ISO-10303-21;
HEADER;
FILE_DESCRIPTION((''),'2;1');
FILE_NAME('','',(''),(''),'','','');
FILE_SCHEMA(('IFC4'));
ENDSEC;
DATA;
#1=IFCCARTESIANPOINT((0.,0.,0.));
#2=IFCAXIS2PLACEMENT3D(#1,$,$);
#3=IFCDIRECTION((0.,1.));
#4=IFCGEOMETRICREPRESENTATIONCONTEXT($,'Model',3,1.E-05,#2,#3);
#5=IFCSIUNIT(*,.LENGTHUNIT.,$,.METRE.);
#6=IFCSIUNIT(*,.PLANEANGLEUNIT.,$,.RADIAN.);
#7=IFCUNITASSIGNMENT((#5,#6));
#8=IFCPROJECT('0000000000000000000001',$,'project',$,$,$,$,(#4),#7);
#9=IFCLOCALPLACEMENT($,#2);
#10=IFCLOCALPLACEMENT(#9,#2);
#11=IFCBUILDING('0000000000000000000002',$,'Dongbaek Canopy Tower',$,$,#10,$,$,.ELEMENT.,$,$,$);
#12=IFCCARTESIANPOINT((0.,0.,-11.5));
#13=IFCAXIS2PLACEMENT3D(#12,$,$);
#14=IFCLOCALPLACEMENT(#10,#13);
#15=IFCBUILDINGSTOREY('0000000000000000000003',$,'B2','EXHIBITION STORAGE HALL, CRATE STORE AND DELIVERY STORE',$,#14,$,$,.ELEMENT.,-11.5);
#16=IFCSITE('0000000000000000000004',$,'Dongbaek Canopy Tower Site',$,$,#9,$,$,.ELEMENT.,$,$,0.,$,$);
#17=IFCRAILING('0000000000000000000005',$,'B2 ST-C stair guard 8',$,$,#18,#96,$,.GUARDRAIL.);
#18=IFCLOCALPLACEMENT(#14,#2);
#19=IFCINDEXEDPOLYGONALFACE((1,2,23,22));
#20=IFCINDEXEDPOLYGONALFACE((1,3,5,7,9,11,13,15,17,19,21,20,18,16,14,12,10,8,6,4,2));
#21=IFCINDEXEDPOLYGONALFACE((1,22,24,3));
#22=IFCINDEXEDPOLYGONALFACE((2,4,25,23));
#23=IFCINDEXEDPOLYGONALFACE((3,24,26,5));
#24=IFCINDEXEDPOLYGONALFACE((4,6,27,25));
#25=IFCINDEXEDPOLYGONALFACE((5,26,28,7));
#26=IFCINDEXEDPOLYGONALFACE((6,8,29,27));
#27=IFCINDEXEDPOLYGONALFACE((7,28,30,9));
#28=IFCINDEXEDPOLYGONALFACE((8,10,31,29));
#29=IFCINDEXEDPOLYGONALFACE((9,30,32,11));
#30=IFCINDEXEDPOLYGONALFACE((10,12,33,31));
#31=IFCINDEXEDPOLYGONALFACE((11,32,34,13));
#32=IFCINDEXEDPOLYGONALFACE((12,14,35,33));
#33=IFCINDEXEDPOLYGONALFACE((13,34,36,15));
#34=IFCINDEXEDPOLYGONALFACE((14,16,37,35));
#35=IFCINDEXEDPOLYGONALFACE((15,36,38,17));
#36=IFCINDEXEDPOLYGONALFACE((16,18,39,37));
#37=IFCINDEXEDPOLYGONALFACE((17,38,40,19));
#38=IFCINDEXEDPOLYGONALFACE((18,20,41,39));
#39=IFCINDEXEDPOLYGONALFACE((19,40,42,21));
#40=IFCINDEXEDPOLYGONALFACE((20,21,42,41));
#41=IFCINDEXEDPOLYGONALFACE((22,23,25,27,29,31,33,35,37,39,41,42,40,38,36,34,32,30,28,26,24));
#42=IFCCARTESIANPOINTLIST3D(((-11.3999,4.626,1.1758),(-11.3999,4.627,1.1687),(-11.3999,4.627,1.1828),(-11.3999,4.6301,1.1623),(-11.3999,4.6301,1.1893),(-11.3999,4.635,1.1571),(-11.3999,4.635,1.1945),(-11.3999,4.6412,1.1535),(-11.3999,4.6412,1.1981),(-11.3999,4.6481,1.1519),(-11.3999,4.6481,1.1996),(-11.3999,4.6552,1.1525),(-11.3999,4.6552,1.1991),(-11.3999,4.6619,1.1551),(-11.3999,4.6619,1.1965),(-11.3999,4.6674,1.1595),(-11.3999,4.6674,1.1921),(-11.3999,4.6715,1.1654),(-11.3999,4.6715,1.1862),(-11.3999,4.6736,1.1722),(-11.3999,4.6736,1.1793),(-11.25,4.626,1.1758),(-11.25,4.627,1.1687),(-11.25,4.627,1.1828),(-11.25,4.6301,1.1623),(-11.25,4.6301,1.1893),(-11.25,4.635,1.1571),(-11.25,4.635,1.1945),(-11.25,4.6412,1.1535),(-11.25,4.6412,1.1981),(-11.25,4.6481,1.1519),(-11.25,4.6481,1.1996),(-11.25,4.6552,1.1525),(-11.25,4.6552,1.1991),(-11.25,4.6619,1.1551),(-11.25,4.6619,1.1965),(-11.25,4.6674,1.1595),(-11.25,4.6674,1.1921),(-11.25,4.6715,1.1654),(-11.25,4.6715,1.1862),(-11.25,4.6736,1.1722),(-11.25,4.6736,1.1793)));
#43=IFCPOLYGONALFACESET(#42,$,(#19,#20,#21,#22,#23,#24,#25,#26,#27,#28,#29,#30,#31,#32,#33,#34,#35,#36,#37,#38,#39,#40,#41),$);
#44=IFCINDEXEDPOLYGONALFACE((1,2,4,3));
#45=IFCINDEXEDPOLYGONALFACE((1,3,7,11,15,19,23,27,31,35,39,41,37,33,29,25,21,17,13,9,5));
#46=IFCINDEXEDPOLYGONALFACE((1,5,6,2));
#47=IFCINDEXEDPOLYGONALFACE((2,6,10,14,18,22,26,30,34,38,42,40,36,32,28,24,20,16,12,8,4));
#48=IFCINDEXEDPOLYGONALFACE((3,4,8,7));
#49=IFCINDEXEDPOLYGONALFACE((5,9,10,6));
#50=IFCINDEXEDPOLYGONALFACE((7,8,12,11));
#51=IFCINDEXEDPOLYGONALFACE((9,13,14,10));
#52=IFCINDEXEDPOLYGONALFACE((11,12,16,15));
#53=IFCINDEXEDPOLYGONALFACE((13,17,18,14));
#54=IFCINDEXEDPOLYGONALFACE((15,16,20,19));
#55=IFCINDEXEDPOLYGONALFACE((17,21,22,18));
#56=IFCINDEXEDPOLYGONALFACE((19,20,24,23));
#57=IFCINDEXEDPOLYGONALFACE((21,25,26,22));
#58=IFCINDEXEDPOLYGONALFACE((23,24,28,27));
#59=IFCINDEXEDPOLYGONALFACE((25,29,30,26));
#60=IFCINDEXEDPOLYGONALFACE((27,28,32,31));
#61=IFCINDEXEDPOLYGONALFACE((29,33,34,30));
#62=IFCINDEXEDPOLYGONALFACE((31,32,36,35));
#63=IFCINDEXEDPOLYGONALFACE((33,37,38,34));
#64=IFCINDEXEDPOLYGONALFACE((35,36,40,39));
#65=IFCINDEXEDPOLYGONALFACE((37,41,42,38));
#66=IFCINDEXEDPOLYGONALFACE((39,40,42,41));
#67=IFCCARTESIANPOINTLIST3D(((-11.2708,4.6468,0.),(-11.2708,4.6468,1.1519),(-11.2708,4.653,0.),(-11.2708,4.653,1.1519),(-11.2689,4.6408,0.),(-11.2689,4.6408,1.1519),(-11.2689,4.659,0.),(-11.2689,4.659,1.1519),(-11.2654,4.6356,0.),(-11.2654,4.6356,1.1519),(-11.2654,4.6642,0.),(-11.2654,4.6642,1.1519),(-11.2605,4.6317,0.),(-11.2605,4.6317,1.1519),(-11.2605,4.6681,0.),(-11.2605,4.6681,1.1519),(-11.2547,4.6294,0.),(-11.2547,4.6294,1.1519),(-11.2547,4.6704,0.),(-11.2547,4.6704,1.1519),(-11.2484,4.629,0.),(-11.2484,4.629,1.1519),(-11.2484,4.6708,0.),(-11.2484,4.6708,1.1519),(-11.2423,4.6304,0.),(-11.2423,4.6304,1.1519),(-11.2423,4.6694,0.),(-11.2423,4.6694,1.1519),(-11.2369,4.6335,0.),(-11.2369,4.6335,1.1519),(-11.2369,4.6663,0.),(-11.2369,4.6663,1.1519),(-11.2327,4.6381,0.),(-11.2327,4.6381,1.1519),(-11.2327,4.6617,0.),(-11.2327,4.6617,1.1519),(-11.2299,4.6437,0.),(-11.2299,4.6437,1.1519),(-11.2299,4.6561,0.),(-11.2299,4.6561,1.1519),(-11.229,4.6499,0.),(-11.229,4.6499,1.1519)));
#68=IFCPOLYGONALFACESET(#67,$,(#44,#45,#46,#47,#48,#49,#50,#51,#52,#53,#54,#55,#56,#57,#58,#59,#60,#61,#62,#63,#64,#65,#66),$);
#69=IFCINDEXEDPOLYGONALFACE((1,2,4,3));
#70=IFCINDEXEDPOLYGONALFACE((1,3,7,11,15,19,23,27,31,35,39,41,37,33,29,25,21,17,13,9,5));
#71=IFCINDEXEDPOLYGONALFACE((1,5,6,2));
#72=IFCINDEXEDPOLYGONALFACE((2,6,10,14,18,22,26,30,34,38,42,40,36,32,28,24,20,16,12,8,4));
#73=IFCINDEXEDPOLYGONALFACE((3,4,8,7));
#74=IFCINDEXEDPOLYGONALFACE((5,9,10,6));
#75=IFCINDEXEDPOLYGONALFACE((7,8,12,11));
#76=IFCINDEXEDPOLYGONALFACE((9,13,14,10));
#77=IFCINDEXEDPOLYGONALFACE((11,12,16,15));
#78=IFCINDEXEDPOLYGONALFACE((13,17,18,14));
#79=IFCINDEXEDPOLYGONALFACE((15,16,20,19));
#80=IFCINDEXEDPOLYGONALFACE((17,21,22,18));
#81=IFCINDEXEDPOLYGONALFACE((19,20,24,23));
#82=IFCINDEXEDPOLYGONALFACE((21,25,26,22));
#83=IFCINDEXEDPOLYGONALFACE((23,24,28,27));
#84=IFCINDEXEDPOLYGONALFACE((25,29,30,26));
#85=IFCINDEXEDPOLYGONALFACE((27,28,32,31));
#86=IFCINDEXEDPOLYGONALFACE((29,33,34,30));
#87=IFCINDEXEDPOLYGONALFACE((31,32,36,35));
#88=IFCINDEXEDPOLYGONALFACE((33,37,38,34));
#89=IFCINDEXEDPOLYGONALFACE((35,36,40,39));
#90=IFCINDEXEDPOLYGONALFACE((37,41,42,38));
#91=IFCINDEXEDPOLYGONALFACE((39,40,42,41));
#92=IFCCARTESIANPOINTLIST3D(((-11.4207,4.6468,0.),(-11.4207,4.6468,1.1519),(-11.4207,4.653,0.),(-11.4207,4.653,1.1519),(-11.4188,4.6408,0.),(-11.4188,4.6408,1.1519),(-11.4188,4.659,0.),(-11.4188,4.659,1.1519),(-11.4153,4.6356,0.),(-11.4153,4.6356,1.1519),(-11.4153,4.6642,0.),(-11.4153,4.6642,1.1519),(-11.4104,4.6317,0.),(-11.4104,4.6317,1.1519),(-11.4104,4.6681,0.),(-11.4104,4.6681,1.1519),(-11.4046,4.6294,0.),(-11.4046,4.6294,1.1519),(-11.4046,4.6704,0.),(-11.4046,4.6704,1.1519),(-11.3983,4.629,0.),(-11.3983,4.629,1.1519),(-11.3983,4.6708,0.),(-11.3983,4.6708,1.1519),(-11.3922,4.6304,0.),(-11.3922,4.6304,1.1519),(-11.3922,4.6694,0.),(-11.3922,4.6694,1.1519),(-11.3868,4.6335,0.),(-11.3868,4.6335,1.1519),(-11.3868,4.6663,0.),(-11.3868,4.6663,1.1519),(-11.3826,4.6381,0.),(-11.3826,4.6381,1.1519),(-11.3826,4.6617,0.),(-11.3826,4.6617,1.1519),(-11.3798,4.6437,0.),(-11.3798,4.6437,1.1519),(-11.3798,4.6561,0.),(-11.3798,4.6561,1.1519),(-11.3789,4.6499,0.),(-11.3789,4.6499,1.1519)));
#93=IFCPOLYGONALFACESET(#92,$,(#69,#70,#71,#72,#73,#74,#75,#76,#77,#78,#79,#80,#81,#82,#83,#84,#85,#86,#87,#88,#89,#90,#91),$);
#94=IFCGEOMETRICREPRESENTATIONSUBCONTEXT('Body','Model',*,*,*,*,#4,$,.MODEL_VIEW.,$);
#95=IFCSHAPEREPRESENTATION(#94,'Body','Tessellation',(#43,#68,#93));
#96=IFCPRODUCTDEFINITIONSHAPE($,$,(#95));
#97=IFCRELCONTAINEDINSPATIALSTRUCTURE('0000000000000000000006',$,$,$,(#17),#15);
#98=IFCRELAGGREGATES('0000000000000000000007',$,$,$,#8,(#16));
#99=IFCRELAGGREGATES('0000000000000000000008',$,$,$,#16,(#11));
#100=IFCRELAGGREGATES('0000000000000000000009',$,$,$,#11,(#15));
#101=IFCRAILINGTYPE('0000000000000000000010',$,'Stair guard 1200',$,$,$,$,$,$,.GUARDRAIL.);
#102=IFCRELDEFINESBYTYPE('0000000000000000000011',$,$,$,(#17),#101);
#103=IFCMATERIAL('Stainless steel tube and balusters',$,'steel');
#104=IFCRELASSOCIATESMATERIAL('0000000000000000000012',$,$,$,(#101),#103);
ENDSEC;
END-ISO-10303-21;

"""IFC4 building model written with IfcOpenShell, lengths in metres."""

from ifc_helpers import new_model, si_unit, direction, frame, origin, origin_2d, place, context, subcontext, project, spatial, circle, extrude, material, type_object, element, save


model = new_model("IFC4")

# Units and contexts
model_context = context("Model", 3, precision=1e-05, world=origin(), true_north=direction((0.0, 1.0)))
body_context = subcontext(model_context, "Body", "Model", "MODEL_VIEW")
ifc_project = project(units=[si_unit("LENGTHUNIT", "METRE"), si_unit("PLANEANGLEUNIT", "RADIAN")], contexts=[model_context])

# Site, building, storey
site_placement = place(None, origin())
site = spatial("IfcSite", under=ifc_project, at=site_placement, Name="Dongbaek Canopy Tower Site", CompositionType="ELEMENT", RefElevation=0.0)
building_placement = place(site_placement, origin())
building = spatial("IfcBuilding", under=site, at=building_placement, Name="Dongbaek Canopy Tower", CompositionType="ELEMENT")
storey_placement = place(building_placement, frame((0.0, 0.0, -11.5)))
storey = spatial("IfcBuildingStorey", under=building, at=storey_placement, Name="B2", Description="EXHIBITION STORAGE HALL, CRATE STORE AND DELIVERY STORE", CompositionType="ELEMENT", Elevation=-11.5)

# Railing
ifc_material_1 = material(Name="Stainless steel tube and balusters", Category="steel")
railing_type_1 = type_object("IfcRailingType", Name="Stair guard 1200", PredefinedType="GUARDRAIL", material=ifc_material_1)
railing_1_placement = place(storey_placement, frame((-11.25, 4.6499, 0.0)))
element("IfcRailing", 1, at=railing_1_placement, inside=storey, type_object=railing_type_1, Name="B2 ST-C stair guard 8", PredefinedType="GUARDRAIL", context=body_context, shape_type="SweptSolid", body=[
    extrude(circle(Radius=0.0239, at=origin_2d()), frame((0.0, 0.0, 1.1758), z_axis=(-1.0, 0.0, 0.0), x_axis=(0.0, -1.0, 0.0)), (0.0, 0.0, 1.0), 0.1499),
    extrude(circle(Radius=0.021, at=origin_2d()), origin(), (0.0, 0.0, 1.0), 1.1519),
    extrude(circle(Radius=0.021, at=origin_2d()), frame((-0.1499, 0.0, 0.0)), (0.0, 0.0, 1.0), 1.1519),
])

save(model, "model.ifc")
